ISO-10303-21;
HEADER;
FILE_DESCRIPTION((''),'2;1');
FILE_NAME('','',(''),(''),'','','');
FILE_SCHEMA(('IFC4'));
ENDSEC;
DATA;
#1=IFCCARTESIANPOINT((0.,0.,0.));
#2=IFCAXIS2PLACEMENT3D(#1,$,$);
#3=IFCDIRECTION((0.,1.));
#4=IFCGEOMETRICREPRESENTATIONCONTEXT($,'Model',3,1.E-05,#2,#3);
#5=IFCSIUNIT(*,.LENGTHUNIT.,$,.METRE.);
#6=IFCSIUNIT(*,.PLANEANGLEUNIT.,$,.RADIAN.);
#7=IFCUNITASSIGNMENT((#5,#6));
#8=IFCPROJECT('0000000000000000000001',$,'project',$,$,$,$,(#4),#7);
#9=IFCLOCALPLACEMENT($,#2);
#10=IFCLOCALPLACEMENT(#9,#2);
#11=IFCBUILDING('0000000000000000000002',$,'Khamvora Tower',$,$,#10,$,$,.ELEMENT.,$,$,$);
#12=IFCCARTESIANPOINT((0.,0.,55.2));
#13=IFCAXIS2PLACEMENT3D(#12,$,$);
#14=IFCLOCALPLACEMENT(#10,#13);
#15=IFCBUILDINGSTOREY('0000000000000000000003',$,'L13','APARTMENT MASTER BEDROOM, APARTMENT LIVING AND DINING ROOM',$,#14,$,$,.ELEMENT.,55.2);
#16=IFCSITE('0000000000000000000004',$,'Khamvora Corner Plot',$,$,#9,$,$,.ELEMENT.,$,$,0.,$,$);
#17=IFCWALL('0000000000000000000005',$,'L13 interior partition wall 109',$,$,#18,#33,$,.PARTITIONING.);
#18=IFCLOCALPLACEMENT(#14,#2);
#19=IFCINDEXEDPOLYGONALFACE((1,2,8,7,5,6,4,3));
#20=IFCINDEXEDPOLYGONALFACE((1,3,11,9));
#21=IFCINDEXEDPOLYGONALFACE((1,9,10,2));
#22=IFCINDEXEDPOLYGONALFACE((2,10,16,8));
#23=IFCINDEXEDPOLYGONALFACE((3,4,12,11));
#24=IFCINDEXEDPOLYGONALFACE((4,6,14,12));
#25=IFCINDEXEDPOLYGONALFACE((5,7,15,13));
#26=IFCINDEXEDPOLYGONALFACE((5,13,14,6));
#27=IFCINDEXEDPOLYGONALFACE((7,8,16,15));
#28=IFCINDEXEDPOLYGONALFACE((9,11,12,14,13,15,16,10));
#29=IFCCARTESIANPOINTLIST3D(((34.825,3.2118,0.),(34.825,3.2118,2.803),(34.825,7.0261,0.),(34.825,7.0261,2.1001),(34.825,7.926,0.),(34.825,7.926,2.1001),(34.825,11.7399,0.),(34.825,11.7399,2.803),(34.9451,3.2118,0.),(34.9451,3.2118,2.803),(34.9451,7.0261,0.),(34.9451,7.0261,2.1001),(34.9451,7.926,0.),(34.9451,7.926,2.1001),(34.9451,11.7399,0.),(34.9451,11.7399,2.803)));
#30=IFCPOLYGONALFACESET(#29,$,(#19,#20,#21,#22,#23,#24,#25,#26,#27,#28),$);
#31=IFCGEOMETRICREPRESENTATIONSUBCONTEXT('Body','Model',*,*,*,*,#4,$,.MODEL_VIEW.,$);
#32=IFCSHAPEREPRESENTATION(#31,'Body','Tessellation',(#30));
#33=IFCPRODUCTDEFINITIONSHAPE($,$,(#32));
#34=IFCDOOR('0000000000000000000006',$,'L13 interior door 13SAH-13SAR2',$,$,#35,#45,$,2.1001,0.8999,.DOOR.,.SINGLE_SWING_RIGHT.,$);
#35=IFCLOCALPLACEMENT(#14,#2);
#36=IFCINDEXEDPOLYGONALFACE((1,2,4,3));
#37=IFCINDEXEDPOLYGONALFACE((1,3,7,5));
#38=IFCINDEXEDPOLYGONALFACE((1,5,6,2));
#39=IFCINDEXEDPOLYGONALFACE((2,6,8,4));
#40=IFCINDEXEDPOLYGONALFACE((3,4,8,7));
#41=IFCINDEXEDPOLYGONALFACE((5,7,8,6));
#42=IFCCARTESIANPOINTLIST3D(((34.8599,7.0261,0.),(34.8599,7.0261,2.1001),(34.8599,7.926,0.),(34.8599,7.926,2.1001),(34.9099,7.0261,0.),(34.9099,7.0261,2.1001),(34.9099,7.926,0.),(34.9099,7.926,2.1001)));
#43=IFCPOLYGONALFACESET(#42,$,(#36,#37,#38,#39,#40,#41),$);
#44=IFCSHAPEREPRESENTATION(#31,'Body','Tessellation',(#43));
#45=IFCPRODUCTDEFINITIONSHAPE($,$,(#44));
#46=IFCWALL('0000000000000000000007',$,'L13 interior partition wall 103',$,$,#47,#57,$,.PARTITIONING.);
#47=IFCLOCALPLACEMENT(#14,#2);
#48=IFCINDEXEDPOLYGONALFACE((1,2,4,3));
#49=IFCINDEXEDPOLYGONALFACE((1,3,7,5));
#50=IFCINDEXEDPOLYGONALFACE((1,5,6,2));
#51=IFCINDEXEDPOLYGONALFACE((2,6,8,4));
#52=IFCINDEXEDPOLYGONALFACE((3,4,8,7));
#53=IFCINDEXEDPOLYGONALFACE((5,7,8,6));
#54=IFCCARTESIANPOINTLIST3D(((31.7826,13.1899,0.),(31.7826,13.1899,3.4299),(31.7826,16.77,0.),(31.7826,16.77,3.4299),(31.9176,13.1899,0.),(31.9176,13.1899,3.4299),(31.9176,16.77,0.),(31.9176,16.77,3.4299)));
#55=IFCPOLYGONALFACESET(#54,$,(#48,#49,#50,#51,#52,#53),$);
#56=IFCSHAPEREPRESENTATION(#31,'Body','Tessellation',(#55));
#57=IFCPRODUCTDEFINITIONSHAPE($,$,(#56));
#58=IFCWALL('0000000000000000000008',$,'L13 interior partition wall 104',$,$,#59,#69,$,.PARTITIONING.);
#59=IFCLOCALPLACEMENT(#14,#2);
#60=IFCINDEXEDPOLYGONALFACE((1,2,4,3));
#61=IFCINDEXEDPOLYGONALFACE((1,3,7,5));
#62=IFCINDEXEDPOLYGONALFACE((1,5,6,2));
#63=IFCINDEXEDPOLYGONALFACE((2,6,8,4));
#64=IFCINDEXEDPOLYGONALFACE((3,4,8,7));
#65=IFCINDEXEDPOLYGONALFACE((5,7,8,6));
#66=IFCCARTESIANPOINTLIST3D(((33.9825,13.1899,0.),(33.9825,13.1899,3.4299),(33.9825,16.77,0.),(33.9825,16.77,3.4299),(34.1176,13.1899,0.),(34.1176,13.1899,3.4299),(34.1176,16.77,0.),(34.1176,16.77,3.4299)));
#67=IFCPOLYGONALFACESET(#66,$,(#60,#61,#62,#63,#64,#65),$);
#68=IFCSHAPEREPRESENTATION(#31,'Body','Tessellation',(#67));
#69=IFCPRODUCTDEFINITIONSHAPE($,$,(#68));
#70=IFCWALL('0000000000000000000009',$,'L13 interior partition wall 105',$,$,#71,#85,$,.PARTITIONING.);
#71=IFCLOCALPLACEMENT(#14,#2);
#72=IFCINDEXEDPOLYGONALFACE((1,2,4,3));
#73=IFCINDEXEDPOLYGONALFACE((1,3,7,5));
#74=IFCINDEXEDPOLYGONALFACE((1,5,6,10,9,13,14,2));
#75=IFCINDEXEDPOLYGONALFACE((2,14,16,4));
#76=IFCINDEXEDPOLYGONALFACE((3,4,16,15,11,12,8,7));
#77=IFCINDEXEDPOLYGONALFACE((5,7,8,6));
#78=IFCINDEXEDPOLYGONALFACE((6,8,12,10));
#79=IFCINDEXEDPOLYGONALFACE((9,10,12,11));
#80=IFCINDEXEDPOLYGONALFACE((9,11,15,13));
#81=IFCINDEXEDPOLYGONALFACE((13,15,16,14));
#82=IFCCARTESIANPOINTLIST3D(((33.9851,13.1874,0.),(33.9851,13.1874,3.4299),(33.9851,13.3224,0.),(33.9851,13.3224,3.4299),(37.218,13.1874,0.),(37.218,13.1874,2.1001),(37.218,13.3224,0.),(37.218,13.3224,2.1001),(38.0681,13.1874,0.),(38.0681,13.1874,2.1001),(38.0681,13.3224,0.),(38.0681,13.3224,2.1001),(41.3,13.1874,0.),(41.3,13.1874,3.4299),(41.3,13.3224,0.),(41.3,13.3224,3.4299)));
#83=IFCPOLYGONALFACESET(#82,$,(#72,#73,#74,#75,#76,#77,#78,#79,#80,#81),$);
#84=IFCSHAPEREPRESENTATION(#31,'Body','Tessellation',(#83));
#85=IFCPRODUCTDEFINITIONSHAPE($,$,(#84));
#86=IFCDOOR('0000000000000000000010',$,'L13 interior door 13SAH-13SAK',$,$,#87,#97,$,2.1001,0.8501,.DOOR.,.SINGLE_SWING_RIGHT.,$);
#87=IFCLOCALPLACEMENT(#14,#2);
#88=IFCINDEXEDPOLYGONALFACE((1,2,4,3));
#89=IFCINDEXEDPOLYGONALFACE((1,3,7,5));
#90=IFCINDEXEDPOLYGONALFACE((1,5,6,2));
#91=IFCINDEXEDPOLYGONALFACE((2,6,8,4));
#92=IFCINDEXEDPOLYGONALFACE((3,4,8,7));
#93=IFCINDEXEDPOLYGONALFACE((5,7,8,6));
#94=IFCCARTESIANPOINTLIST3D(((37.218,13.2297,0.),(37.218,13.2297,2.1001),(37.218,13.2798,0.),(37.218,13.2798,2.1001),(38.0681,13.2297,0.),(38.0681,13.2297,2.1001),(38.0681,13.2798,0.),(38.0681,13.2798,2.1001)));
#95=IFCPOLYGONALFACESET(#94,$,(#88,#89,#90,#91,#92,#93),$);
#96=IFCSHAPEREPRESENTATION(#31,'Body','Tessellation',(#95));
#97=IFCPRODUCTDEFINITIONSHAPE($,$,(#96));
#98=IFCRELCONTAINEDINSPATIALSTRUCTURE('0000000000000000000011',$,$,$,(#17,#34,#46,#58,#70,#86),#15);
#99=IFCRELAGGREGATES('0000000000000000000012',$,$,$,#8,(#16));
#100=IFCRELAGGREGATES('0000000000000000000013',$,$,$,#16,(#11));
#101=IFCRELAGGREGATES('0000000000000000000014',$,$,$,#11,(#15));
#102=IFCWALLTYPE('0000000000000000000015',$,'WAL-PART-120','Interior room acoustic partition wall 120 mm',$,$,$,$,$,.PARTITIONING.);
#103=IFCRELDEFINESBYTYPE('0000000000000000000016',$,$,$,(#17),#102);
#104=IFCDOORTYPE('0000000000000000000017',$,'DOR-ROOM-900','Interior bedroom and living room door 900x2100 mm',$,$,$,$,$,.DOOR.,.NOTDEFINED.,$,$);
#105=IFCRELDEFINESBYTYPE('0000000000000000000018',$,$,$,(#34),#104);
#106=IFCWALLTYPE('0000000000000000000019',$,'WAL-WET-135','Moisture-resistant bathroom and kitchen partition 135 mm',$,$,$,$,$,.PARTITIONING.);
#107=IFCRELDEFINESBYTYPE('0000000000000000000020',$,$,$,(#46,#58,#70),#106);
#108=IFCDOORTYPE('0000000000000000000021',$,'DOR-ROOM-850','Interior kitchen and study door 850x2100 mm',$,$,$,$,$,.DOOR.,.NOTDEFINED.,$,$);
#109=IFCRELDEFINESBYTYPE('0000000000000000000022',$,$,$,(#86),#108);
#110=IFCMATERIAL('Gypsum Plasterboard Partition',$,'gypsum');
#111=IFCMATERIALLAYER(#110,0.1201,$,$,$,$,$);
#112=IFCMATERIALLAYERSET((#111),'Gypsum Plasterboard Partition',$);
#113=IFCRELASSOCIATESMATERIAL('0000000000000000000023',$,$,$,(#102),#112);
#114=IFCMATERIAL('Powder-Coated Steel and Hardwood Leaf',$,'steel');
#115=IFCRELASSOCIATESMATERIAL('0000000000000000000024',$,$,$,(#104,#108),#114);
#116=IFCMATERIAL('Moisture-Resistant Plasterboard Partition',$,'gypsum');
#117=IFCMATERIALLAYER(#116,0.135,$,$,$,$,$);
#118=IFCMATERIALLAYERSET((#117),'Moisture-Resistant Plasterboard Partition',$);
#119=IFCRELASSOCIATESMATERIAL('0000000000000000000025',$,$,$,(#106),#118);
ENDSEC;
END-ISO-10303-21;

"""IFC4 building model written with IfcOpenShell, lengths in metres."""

from ifc_helpers import new_model, si_unit, direction, frame, frame_2d, origin, place, context, subcontext, project, spatial, rectangle, extrude, material, layer, layer_set, type_object, element, fill, save


model = new_model("IFC4")

# Units and contexts
model_context = context("Model", 3, precision=1e-05, world=origin(), true_north=direction((0.0, 1.0)))
body_context = subcontext(model_context, "Body", "Model", "MODEL_VIEW")
ifc_project = project(units=[si_unit("LENGTHUNIT", "METRE"), si_unit("PLANEANGLEUNIT", "RADIAN")], contexts=[model_context])

# Site, building, storey
site_placement = place(None, origin())
site = spatial("IfcSite", under=ifc_project, at=site_placement, Name="Khamvora Corner Plot", CompositionType="ELEMENT", RefElevation=0.0)
building_placement = place(site_placement, origin())
building = spatial("IfcBuilding", under=site, at=building_placement, Name="Khamvora Tower", CompositionType="ELEMENT")
storey_placement = place(building_placement, frame((0.0, 0.0, 55.2)))
storey = spatial("IfcBuildingStorey", under=building, at=storey_placement, Name="L13", Description="APARTMENT MASTER BEDROOM, APARTMENT LIVING AND DINING ROOM", CompositionType="ELEMENT", Elevation=55.2)

# Shared definitions
ifc_material_1 = material(Name="Powder-Coated Steel and Hardwood Leaf", Category="steel")

# Shared definitions
ifc_material_2 = material(Name="Gypsum Plasterboard Partition", Category="gypsum")
ifc_layer_1 = layer(ifc_material_2, 0.1201)
ifc_layer_set_1 = layer_set([ifc_layer_1], Name="Gypsum Plasterboard Partition")
wall_type_1 = type_object("IfcWallType", Name="WAL-PART-120", Description="Interior room acoustic partition wall 120 mm", PredefinedType="PARTITIONING", material=ifc_layer_set_1)
door_type_1 = type_object("IfcDoorType", Name="DOR-ROOM-900", Description="Interior bedroom and living room door 900x2100 mm", OperationType="NOTDEFINED", PredefinedType="DOOR", material=ifc_material_1)

# Wall, opening, door
wall_1_placement = place(storey_placement, frame((34.885, 11.74, 0.0), z_axis=(0.0, 0.0, 1.0), x_axis=(0.0, -1.0, 0.0)))
wall_1 = element("IfcWall", 1, at=wall_1_placement, inside=storey, type_object=wall_type_1, Name="L13 interior partition wall 109", PredefinedType="PARTITIONING", context=body_context, shape_type="SweptSolid", body=[
    extrude(rectangle(XDim=8.5281, YDim=0.1201, at=frame_2d((4.2642, 0.0))), origin(), (0.0, 0.0, 1.0), 2.803),
])
opening_1_placement = place(wall_1_placement, frame((3.814, 0.0, 0.0)))
opening_1 = element("IfcOpeningElement", 2, at=opening_1_placement, cuts=wall_1, PredefinedType="OPENING", context=body_context, shape_type="SweptSolid", body=[
    extrude(rectangle(XDim=0.8999, YDim=2.1001, at=frame_2d((0.45, 1.05))), frame((0.0, 0.0701, 0.0), z_axis=(0.0, -1.0, 0.0), x_axis=(1.0, 0.0, 0.0)), (0.0, 0.0, 1.0), 0.1401),
])
door_1_placement = place(opening_1_placement, origin())
door_1 = element("IfcDoor", 3, at=door_1_placement, inside=storey, type_object=door_type_1, Name="L13 interior door 13SAH-13SAR2", OperationType="SINGLE_SWING_RIGHT", OverallHeight=2.1001, OverallWidth=0.8999, PredefinedType="DOOR", context=body_context, shape_type="SweptSolid", body=[
    extrude(rectangle(XDim=0.8999, YDim=2.1001, at=frame_2d((0.45, 1.05))), frame((0.0, 0.0249, 0.0), z_axis=(0.0, -1.0, 0.0), x_axis=(1.0, 0.0, 0.0)), (0.0, 0.0, 1.0), 0.05),
])
fill(opening_1, door_1)

# Walls
ifc_material_3 = material(Name="Moisture-Resistant Plasterboard Partition", Category="gypsum")
ifc_layer_2 = layer(ifc_material_3, 0.135)
ifc_layer_set_2 = layer_set([ifc_layer_2], Name="Moisture-Resistant Plasterboard Partition")
wall_type_2 = type_object("IfcWallType", Name="WAL-WET-135", Description="Moisture-resistant bathroom and kitchen partition 135 mm", PredefinedType="PARTITIONING", material=ifc_layer_set_2)
for number, where, z_axis, x_axis, name in (
    (4, (31.8501, 13.1899, 0.0), (0.0, 0.0, 1.0), (0.0, 1.0, 0.0), "L13 interior partition wall 103"),
    (5, (34.05, 16.77, 0.0), (0.0, 0.0, 1.0), (0.0, -1.0, 0.0), "L13 interior partition wall 104"),
):
    element("IfcWall", number, at=place(storey_placement, frame(where, z_axis=z_axis, x_axis=x_axis)), inside=storey, type_object=wall_type_2, Name=name, PredefinedType="PARTITIONING", context=body_context, shape_type="SweptSolid", body=[
        extrude(rectangle(XDim=3.5801, YDim=0.135, at=frame_2d((1.79, 0.0))), origin(), (0.0, 0.0, 1.0), 3.4299),
    ])

# Wall, opening, door
wall_2_placement = place(storey_placement, frame((33.9851, 13.2549, 0.0), z_axis=(0.0, 0.0, 1.0), x_axis=(1.0, 0.0, 0.0)))
wall_2 = element("IfcWall", 6, at=wall_2_placement, inside=storey, type_object=wall_type_2, Name="L13 interior partition wall 105", PredefinedType="PARTITIONING", context=body_context, shape_type="SweptSolid", body=[
    extrude(rectangle(XDim=7.3149, YDim=0.135, at=frame_2d((3.6575, 0.0))), origin(), (0.0, 0.0, 1.0), 3.4299),
])
opening_2_placement = place(wall_2_placement, frame((3.2329, 0.0, 0.0)))
opening_2 = element("IfcOpeningElement", 7, at=opening_2_placement, cuts=wall_2, PredefinedType="OPENING", context=body_context, shape_type="SweptSolid", body=[
    extrude(rectangle(XDim=0.8501, YDim=2.1001, at=frame_2d((0.425, 1.05))), frame((0.0, 0.0774, 0.0), z_axis=(0.0, -1.0, 0.0), x_axis=(1.0, 0.0, 0.0)), (0.0, 0.0, 1.0), 0.155),
])
door_type_2 = type_object("IfcDoorType", Name="DOR-ROOM-850", Description="Interior kitchen and study door 850x2100 mm", OperationType="NOTDEFINED", PredefinedType="DOOR", material=ifc_material_1)
door_2_placement = place(opening_2_placement, origin())
door_2 = element("IfcDoor", 8, at=door_2_placement, inside=storey, type_object=door_type_2, Name="L13 interior door 13SAH-13SAK", OperationType="SINGLE_SWING_RIGHT", OverallHeight=2.1001, OverallWidth=0.8501, PredefinedType="DOOR", context=body_context, shape_type="SweptSolid", body=[
    extrude(rectangle(XDim=0.8501, YDim=2.1001, at=frame_2d((0.425, 1.05))), frame((0.0, 0.0249, 0.0), z_axis=(0.0, -1.0, 0.0), x_axis=(1.0, 0.0, 0.0)), (0.0, 0.0, 1.0), 0.05),
])
fill(opening_2, door_2)

save(model, "model.ifc")
